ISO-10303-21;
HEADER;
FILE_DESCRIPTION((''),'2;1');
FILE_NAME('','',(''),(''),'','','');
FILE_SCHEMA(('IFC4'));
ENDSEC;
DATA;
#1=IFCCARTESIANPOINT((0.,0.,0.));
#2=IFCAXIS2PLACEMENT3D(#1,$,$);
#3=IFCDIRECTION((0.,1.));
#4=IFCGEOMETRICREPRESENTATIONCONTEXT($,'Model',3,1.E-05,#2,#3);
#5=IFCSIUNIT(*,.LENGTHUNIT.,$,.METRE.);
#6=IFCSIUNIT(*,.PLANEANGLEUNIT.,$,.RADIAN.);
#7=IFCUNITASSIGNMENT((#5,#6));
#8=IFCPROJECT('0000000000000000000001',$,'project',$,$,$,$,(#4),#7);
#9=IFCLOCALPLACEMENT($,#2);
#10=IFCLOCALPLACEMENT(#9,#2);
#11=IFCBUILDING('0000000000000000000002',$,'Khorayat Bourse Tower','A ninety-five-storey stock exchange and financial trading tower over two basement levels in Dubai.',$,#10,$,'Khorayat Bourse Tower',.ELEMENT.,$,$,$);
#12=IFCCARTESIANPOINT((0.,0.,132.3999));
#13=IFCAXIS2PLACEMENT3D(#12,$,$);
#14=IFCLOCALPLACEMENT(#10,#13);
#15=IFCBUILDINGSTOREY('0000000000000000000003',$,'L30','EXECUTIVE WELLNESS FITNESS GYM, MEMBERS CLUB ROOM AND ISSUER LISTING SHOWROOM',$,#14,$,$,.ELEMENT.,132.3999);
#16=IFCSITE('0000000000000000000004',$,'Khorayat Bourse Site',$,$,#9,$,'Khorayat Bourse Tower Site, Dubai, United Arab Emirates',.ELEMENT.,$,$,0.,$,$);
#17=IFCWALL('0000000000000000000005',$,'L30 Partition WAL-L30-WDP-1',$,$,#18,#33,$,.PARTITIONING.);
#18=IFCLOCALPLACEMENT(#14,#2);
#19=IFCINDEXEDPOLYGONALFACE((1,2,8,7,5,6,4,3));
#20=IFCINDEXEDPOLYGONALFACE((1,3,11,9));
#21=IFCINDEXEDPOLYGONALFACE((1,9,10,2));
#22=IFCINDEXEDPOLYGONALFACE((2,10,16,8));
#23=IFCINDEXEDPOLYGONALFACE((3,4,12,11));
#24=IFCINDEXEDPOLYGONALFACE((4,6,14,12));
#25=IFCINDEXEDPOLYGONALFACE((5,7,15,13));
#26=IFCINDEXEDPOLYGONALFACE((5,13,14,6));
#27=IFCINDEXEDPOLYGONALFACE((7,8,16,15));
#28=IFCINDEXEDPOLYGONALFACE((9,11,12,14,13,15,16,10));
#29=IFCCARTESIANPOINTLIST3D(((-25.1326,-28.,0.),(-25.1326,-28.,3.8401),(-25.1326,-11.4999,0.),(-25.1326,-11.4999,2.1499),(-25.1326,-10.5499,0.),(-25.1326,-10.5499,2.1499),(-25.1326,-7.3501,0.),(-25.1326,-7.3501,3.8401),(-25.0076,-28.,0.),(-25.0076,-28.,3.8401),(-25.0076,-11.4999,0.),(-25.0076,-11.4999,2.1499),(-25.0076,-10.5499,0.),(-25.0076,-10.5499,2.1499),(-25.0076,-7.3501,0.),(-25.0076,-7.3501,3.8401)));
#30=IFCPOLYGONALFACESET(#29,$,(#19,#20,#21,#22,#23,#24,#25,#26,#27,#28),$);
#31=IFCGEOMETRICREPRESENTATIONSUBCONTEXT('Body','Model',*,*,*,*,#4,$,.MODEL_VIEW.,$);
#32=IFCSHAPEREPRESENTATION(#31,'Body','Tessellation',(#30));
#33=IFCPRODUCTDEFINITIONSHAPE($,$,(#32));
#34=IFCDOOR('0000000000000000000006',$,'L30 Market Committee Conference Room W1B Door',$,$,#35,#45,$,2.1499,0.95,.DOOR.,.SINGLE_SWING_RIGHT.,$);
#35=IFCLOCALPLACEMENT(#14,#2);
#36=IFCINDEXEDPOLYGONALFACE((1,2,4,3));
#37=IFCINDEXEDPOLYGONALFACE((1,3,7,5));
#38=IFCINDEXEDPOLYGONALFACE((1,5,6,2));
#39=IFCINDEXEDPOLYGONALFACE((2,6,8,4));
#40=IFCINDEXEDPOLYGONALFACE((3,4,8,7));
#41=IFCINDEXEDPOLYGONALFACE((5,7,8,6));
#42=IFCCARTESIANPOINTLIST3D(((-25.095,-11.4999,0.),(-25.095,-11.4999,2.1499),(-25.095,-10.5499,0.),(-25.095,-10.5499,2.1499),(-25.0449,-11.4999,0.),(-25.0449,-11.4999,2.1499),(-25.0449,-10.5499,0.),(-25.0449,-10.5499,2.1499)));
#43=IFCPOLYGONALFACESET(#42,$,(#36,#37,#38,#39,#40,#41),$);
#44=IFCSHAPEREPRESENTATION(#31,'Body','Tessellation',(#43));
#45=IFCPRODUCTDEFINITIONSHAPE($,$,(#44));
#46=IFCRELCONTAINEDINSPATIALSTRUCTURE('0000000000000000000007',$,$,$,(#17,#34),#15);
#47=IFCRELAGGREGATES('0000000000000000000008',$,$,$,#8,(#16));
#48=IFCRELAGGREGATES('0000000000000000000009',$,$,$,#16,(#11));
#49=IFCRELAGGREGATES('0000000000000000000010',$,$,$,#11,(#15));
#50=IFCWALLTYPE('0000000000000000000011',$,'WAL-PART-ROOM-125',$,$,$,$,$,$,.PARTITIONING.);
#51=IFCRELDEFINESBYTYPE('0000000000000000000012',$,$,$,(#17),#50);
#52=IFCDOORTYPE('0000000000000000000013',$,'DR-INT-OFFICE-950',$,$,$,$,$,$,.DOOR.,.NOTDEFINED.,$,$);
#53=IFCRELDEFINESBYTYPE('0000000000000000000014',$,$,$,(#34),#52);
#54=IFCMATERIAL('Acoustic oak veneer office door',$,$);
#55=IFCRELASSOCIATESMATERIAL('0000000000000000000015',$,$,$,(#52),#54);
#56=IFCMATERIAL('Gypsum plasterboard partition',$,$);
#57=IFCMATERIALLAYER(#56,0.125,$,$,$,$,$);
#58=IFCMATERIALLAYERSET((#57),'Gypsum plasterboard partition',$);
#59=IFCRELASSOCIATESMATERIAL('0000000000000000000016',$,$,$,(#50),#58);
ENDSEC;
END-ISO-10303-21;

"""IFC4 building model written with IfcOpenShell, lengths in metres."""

from ifc_helpers import new_model, si_unit, direction, frame, frame_2d, origin, place, context, subcontext, project, spatial, rectangle, extrude, source, transform, mapped, material, layer, layer_set, type_object, element, fill, save


model = new_model("IFC4")

# Units and contexts
model_context = context("Model", 3, precision=1e-05, world=origin(), true_north=direction((0.0, 1.0)))
body_context = subcontext(model_context, "Body", "Model", "MODEL_VIEW")
ifc_project = project(units=[si_unit("LENGTHUNIT", "METRE"), si_unit("PLANEANGLEUNIT", "RADIAN")], contexts=[model_context])

# Site, building, storey
site_placement = place(None, origin())
site = spatial("IfcSite", under=ifc_project, at=site_placement, Name="Khorayat Bourse Site", LongName="Khorayat Bourse Tower Site, Dubai, United Arab Emirates", CompositionType="ELEMENT", RefElevation=0.0)
building_placement = place(site_placement, origin())
building = spatial("IfcBuilding", under=site, at=building_placement, Name="Khorayat Bourse Tower", Description="A ninety-five-storey stock exchange and financial trading tower over two basement levels in Dubai.", LongName="Khorayat Bourse Tower", CompositionType="ELEMENT")
storey_placement = place(building_placement, frame((0.0, 0.0, 132.3999)))
storey = spatial("IfcBuildingStorey", under=building, at=storey_placement, Name="L30", Description="EXECUTIVE WELLNESS FITNESS GYM, MEMBERS CLUB ROOM AND ISSUER LISTING SHOWROOM", CompositionType="ELEMENT", Elevation=132.3999)

# Wall, opening, door
ifc_material_1 = material(Name="Acoustic oak veneer office door")
door_type = type_object("IfcDoorType", Name="DR-INT-OFFICE-950", OperationType="NOTDEFINED", PredefinedType="DOOR", material=ifc_material_1)
shared_shape_1 = source(origin(), body_context, "Body", "SweptSolid", [
    extrude(rectangle(XDim=0.95, YDim=2.1499, at=frame_2d((0.4751, 1.075))), frame((0.0, 0.0249, 0.0), z_axis=(0.0, -1.0, 0.0), x_axis=(1.0, 0.0, 0.0)), (0.0, 0.0, 1.0), 0.05),
])
ifc_material_2 = material(Name="Gypsum plasterboard partition")
ifc_layer_1 = layer(ifc_material_2, 0.125)
ifc_layer_set_1 = layer_set([ifc_layer_1], Name="Gypsum plasterboard partition")
wall_type_1 = type_object("IfcWallType", Name="WAL-PART-ROOM-125", PredefinedType="PARTITIONING", material=ifc_layer_set_1)
shared_shape_2 = source(origin(), body_context, "Body", "SweptSolid", [
    extrude(rectangle(XDim=20.6499, YDim=0.125, at=frame_2d((10.325, 0.0))), origin(), (0.0, 0.0, 1.0), 3.8401),
])
wall_1_placement = place(storey_placement, frame((-25.0701, -28.0, 0.0), z_axis=(0.0, 0.0, 1.0), x_axis=(0.0, 1.0, 0.0)))
wall_1 = element("IfcWall", 1, at=wall_1_placement, inside=storey, type_object=wall_type_1, Name="L30 Partition WAL-L30-WDP-1", PredefinedType="PARTITIONING", context=body_context, shape_type="MappedRepresentation", body=[
    mapped(shared_shape_2, transform((0.0, 0.0, 0.0), scale=1.0)),
])
shared_shape_3 = source(origin(), body_context, "Body", "SweptSolid", [
    extrude(rectangle(XDim=0.95, YDim=2.1499, at=frame_2d((0.4751, 1.075))), frame((0.0, 0.0725, 0.0), z_axis=(0.0, -1.0, 0.0), x_axis=(1.0, 0.0, 0.0)), (0.0, 0.0, 1.0), 0.145),
])
opening_1_placement = place(wall_1_placement, frame((16.5, 0.0, 0.0)))
opening_1 = element("IfcOpeningElement", 2, at=opening_1_placement, cuts=wall_1, PredefinedType="OPENING", context=body_context, shape_type="MappedRepresentation", body=[
    mapped(shared_shape_3, transform((0.0, 0.0, 0.0), scale=1.0)),
])
door_1_placement = place(opening_1_placement, origin())
door_1 = element("IfcDoor", 3, at=door_1_placement, inside=storey, type_object=door_type, Name="L30 Market Committee Conference Room W1B Door", OperationType="SINGLE_SWING_RIGHT", OverallHeight=2.1499, OverallWidth=0.95, PredefinedType="DOOR", context=body_context, shape_type="MappedRepresentation", body=[
    mapped(shared_shape_1, transform((0.0, 0.0, 0.0), scale=1.0)),
])
fill(opening_1, door_1)

save(model, "model.ifc")
